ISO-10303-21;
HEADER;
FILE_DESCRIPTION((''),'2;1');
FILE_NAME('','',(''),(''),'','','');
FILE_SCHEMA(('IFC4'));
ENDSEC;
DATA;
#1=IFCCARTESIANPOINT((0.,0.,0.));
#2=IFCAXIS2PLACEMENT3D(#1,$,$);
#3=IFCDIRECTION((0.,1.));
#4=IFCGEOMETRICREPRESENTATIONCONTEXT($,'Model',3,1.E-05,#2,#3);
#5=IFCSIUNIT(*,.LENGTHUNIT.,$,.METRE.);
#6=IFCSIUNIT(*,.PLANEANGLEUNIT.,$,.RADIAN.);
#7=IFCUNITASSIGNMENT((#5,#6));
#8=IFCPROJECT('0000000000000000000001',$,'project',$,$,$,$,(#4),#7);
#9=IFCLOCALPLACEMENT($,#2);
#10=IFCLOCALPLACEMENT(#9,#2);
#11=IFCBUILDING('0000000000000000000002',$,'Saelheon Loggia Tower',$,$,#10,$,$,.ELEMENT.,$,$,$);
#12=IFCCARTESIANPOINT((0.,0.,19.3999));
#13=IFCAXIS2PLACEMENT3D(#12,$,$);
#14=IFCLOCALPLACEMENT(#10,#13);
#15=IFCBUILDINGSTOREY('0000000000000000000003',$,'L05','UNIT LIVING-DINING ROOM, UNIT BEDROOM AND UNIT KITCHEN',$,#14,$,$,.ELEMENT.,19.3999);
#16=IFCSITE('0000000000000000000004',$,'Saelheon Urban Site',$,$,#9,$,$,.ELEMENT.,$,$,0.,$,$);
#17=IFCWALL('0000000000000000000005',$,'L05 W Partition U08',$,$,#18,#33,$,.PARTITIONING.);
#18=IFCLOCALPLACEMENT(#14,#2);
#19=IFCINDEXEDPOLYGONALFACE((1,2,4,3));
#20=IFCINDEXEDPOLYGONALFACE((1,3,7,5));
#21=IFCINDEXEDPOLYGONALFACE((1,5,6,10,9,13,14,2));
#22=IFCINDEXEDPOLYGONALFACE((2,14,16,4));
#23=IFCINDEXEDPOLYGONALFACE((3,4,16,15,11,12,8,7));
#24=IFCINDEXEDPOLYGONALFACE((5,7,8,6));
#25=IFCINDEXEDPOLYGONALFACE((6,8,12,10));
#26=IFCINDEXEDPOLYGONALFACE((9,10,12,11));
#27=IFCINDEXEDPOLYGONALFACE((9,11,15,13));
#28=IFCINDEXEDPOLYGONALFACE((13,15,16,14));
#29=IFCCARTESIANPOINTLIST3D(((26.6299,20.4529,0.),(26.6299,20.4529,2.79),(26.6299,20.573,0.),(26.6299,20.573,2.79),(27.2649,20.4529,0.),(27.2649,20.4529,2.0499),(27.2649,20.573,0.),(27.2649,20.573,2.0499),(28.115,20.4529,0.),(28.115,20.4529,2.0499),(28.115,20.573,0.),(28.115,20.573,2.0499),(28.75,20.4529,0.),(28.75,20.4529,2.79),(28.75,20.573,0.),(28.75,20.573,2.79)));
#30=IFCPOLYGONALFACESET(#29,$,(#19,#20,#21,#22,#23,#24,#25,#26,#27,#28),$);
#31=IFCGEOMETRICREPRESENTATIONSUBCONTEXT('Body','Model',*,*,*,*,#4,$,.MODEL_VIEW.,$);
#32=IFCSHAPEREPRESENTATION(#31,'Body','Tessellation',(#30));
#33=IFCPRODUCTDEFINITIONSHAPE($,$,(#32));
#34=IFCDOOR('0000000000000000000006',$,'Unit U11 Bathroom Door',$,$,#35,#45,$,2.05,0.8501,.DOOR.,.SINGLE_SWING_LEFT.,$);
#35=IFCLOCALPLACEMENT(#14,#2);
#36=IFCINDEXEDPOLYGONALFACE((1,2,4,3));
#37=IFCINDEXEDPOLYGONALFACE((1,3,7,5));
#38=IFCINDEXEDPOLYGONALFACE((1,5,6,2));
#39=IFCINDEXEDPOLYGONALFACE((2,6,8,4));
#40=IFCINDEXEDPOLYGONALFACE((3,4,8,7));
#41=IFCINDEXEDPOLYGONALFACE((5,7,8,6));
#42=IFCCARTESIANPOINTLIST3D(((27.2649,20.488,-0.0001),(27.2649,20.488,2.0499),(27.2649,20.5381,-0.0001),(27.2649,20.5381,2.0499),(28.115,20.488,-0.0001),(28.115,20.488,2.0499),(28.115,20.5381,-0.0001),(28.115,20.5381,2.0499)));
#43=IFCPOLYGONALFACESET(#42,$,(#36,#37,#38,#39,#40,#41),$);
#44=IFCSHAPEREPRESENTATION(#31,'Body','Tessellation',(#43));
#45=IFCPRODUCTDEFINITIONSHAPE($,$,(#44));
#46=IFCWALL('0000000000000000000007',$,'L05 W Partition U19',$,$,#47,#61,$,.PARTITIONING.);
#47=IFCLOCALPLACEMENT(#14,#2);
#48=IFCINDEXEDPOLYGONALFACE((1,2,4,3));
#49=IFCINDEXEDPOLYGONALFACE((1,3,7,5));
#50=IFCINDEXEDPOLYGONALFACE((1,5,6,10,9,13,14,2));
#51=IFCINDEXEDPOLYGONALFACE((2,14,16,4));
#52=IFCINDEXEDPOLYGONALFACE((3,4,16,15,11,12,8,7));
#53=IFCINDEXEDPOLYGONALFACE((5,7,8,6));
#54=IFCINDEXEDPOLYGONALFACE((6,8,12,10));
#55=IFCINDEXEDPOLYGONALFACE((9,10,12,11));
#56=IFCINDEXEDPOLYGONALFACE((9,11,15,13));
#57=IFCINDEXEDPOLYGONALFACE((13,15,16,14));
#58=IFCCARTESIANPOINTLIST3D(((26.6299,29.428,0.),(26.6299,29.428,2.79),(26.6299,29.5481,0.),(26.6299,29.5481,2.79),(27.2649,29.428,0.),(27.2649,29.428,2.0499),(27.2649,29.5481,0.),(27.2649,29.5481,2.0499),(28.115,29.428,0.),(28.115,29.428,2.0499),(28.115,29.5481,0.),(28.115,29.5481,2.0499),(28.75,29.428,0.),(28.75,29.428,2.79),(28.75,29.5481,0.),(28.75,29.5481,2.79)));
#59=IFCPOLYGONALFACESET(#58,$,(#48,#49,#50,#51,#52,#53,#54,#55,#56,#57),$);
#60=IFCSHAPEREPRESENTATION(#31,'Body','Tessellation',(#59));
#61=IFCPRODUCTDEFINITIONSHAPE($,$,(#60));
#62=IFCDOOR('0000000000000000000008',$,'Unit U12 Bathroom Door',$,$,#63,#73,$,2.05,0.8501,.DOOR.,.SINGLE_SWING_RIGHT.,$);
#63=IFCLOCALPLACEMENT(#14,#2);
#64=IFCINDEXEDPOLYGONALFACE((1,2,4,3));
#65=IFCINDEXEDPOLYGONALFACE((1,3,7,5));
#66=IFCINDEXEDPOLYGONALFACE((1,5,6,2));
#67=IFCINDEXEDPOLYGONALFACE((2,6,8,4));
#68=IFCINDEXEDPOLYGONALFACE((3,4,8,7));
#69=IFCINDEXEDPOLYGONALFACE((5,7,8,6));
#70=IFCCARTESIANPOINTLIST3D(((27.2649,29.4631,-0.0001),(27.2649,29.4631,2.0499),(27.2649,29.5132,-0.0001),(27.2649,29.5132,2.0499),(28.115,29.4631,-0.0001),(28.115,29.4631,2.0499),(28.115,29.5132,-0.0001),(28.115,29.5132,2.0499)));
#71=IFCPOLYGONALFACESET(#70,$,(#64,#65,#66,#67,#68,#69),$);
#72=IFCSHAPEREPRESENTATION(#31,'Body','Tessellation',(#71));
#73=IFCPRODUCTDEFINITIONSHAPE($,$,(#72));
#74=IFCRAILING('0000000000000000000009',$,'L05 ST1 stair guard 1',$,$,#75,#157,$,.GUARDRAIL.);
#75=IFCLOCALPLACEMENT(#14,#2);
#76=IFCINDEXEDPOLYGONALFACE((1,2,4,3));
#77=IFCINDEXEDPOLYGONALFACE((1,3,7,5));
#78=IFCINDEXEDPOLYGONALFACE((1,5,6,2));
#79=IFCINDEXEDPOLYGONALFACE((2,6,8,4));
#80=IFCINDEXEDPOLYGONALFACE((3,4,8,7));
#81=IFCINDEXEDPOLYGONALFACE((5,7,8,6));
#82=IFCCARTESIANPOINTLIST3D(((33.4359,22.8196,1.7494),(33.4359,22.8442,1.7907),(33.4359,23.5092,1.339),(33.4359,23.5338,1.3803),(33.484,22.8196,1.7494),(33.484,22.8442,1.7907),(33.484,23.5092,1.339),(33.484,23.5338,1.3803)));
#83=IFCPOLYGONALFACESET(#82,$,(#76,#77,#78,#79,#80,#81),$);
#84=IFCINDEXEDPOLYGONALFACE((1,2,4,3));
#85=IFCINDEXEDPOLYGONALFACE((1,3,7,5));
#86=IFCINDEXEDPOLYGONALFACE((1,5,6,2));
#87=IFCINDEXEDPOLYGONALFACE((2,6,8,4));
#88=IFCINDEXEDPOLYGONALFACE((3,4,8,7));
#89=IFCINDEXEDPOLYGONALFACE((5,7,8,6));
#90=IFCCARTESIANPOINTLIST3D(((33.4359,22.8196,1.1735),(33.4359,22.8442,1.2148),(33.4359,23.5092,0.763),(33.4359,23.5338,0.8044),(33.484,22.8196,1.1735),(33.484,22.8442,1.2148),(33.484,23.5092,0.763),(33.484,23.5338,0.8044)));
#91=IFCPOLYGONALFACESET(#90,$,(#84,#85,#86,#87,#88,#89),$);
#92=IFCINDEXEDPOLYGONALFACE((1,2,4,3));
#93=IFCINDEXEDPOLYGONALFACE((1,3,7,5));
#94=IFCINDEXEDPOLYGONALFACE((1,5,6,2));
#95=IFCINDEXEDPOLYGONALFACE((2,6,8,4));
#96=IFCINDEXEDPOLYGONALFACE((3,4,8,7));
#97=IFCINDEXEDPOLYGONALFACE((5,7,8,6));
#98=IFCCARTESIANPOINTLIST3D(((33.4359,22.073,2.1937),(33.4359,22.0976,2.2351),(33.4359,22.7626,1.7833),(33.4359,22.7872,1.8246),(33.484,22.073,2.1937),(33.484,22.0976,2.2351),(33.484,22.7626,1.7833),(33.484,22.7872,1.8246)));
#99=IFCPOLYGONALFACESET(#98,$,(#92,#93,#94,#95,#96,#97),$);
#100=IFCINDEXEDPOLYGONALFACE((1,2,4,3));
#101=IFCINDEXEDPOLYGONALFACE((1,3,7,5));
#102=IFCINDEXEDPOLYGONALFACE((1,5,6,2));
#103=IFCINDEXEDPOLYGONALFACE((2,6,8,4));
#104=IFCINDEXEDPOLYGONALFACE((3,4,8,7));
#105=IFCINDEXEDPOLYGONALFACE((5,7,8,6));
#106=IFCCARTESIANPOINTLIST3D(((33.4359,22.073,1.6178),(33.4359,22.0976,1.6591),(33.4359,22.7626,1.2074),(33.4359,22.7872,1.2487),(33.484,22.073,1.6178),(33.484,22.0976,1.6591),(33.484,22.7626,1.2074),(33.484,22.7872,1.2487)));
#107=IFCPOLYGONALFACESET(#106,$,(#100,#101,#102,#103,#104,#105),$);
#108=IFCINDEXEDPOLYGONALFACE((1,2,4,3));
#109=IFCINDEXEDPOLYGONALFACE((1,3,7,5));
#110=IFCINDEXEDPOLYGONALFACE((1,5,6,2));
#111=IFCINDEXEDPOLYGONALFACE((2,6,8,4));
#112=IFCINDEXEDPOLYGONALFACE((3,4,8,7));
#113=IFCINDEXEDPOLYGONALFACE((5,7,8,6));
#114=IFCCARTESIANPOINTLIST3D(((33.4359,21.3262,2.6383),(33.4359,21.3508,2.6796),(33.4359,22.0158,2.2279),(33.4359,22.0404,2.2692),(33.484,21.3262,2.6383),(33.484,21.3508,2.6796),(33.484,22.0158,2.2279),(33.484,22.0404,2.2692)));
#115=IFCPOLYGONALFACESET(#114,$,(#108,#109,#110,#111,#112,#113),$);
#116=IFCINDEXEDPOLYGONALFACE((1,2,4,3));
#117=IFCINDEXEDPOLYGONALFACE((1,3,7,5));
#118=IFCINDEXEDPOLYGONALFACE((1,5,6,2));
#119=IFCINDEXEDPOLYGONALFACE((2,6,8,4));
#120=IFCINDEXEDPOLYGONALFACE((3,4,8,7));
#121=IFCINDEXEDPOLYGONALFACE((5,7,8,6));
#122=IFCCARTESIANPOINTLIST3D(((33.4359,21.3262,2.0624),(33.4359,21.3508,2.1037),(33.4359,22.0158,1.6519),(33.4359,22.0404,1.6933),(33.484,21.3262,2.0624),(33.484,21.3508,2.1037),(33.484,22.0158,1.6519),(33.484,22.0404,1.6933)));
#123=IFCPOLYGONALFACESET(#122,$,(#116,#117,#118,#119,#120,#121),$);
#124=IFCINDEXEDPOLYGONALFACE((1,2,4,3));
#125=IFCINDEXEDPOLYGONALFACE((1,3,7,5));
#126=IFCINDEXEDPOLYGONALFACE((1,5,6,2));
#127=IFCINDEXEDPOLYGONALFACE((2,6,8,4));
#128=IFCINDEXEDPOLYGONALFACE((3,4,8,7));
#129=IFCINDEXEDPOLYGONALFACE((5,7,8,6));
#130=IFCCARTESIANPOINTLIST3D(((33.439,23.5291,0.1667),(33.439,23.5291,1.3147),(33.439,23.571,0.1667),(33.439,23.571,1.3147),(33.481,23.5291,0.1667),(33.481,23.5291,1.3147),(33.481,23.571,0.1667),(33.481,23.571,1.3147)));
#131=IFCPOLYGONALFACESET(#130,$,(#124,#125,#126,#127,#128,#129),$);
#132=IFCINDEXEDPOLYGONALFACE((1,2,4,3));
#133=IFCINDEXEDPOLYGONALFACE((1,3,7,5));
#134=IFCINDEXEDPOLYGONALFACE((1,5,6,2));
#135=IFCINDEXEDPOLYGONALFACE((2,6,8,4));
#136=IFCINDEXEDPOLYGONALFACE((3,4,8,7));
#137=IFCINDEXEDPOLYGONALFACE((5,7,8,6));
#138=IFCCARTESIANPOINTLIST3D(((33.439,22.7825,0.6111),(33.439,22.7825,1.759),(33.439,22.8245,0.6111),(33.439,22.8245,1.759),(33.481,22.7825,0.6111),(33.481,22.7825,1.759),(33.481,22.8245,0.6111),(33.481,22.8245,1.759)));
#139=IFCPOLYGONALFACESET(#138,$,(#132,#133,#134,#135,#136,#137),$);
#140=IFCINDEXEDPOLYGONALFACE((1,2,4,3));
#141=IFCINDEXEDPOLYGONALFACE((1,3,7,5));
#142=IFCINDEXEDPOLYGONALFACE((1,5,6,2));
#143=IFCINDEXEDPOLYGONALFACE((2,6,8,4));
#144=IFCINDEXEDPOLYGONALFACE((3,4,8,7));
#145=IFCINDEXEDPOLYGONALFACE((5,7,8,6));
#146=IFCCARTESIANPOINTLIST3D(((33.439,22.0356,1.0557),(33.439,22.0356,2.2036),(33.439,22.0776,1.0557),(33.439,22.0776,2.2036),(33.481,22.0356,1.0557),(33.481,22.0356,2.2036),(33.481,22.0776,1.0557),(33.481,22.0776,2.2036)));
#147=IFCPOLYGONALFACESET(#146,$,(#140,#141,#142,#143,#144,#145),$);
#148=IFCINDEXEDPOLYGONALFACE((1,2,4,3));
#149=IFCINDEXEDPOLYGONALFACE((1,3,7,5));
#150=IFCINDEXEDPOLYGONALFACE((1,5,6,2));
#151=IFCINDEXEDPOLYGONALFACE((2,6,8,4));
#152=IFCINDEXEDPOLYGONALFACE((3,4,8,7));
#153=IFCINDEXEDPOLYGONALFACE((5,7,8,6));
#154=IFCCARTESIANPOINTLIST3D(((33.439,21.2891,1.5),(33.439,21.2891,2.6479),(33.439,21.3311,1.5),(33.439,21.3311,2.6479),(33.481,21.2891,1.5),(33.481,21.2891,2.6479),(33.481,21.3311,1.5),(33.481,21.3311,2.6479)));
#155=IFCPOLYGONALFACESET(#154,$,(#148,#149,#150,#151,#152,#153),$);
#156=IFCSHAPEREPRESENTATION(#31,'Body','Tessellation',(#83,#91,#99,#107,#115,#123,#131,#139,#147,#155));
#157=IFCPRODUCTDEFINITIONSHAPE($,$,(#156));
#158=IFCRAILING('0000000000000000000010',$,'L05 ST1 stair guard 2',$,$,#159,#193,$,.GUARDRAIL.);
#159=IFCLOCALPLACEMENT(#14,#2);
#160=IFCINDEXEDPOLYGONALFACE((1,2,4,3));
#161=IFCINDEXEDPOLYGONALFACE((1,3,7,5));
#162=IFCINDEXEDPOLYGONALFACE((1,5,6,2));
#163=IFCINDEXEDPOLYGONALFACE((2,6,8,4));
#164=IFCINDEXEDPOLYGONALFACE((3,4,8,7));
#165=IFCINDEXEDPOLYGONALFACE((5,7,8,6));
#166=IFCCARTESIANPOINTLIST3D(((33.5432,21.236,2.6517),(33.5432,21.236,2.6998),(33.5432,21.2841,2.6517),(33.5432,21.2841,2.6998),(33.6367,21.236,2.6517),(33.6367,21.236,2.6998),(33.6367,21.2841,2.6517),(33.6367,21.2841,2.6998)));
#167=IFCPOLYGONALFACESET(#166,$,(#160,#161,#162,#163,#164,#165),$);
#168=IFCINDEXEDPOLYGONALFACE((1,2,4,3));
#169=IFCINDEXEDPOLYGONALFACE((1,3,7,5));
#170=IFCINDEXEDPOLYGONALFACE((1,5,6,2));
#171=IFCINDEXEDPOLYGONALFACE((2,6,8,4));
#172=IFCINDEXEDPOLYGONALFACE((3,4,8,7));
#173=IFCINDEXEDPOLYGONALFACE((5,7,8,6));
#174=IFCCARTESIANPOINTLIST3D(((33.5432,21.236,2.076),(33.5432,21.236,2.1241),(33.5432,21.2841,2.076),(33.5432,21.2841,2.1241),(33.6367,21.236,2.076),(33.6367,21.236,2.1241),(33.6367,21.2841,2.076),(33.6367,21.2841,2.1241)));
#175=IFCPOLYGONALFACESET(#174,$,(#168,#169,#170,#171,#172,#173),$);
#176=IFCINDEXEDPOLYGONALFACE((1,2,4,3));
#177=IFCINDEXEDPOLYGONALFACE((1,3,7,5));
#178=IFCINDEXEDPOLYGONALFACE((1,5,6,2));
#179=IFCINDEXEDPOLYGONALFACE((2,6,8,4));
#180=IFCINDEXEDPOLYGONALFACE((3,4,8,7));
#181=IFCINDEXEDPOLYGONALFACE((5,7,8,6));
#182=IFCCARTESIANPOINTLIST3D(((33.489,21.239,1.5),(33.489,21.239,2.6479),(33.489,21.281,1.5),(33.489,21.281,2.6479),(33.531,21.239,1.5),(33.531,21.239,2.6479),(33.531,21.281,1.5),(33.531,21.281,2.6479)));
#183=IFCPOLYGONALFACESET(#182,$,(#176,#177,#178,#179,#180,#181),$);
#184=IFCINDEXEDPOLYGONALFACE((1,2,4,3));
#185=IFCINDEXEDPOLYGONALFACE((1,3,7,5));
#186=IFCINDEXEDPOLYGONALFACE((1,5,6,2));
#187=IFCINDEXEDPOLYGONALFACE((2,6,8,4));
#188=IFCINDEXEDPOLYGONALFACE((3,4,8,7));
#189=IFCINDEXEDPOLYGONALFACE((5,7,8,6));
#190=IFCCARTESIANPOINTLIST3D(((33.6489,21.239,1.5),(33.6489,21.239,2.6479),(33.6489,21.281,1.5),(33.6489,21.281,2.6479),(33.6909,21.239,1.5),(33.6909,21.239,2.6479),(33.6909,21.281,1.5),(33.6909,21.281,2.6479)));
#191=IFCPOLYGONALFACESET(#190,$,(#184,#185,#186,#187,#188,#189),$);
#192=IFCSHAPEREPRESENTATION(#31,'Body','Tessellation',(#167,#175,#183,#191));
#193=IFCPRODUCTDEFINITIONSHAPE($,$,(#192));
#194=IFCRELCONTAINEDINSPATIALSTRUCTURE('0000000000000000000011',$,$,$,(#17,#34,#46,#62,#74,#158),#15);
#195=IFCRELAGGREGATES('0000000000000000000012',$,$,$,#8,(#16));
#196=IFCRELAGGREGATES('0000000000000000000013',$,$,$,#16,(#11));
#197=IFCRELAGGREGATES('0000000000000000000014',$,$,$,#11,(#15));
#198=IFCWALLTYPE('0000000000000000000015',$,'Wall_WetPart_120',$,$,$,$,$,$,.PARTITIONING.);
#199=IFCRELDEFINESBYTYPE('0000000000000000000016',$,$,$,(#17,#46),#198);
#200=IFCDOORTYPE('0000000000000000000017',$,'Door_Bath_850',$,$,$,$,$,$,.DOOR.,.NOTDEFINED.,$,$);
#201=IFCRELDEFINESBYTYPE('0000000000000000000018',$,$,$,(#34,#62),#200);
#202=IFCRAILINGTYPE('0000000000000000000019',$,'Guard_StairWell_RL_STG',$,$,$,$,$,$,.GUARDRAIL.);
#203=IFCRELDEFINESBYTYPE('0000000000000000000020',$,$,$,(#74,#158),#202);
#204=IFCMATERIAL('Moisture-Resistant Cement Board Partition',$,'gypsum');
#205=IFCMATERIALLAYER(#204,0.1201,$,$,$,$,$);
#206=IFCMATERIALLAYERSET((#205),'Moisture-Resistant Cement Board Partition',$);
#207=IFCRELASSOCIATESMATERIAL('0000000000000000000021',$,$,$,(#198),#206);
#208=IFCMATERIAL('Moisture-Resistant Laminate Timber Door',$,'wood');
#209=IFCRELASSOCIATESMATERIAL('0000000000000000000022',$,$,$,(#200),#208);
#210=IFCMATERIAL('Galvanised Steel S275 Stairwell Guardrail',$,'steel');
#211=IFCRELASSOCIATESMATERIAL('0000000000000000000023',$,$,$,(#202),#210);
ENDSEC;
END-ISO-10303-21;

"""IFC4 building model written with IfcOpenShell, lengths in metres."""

from ifc_helpers import new_model, si_unit, direction, frame, frame_2d, origin, origin_2d, place, context, subcontext, project, spatial, rectangle, extrude, source, transform, mapped, material, layer, layer_set, type_object, element, fill, save


model = new_model("IFC4")

# Units and contexts
model_context = context("Model", 3, precision=1e-05, world=origin(), true_north=direction((0.0, 1.0)))
body_context = subcontext(model_context, "Body", "Model", "MODEL_VIEW")
ifc_project = project(units=[si_unit("LENGTHUNIT", "METRE"), si_unit("PLANEANGLEUNIT", "RADIAN")], contexts=[model_context])

# Site, building, storey
site_placement = place(None, origin())
site = spatial("IfcSite", under=ifc_project, at=site_placement, Name="Saelheon Urban Site", CompositionType="ELEMENT", RefElevation=0.0)
building_placement = place(site_placement, origin())
building = spatial("IfcBuilding", under=site, at=building_placement, Name="Saelheon Loggia Tower", CompositionType="ELEMENT")
storey_placement = place(building_placement, frame((0.0, 0.0, 19.3999)))
storey = spatial("IfcBuildingStorey", under=building, at=storey_placement, Name="L05", Description="UNIT LIVING-DINING ROOM, UNIT BEDROOM AND UNIT KITCHEN", CompositionType="ELEMENT", Elevation=19.3999)

# Walls, openings, doors
ifc_material_1 = material(Name="Moisture-Resistant Cement Board Partition", Category="gypsum")
ifc_layer_1 = layer(ifc_material_1, 0.1201)
ifc_layer_set_1 = layer_set([ifc_layer_1], Name="Moisture-Resistant Cement Board Partition")
wall_type_1 = type_object("IfcWallType", Name="Wall_WetPart_120", PredefinedType="PARTITIONING", material=ifc_layer_set_1)
wall_1_placement = place(storey_placement, frame((28.75, 20.5129, 0.0), z_axis=(0.0, 0.0, 1.0), x_axis=(-1.0, 0.0, 0.0)))
wall_1 = element("IfcWall", 1, at=wall_1_placement, inside=storey, type_object=wall_type_1, Name="L05 W Partition U08", PredefinedType="PARTITIONING", context=body_context, shape_type="SweptSolid", body=[
    extrude(rectangle(XDim=2.1201, YDim=0.1201, at=frame_2d((1.0601, 0.0))), origin(), (0.0, 0.0, 1.0), 2.79),
])
opening_1_placement = place(wall_1_placement, frame((0.635, 0.0, 0.0)))
opening_1 = element("IfcOpeningElement", 2, at=opening_1_placement, cuts=wall_1, PredefinedType="OPENING", context=body_context, shape_type="SweptSolid", body=[
    extrude(rectangle(XDim=0.8501, YDim=2.05, at=frame_2d((0.425, 1.0249))), frame((0.0, 0.072, 0.0), z_axis=(0.0, -1.0, 0.0), x_axis=(1.0, 0.0, 0.0)), (0.0, 0.0, 1.0), 0.144),
])
ifc_material_2 = material(Name="Moisture-Resistant Laminate Timber Door", Category="wood")
door_type_1 = type_object("IfcDoorType", Name="Door_Bath_850", OperationType="NOTDEFINED", PredefinedType="DOOR", material=ifc_material_2)
shared_shape_1 = source(origin(), body_context, "Body", "SweptSolid", [
    extrude(rectangle(XDim=0.8501, YDim=2.05, at=frame_2d((0.425, 1.0249))), frame((0.0, 0.0249, 0.0), z_axis=(0.0, -1.0, 0.0), x_axis=(1.0, 0.0, 0.0)), (0.0, 0.0, 1.0), 0.05),
])
door_1_placement = place(opening_1_placement, origin())
door_1 = element("IfcDoor", 3, at=door_1_placement, inside=storey, type_object=door_type_1, Name="Unit U11 Bathroom Door", OperationType="SINGLE_SWING_LEFT", OverallHeight=2.05, OverallWidth=0.8501, PredefinedType="DOOR", context=body_context, shape_type="MappedRepresentation", body=[
    mapped(shared_shape_1, transform((0.0, 0.0, 0.0), scale=1.0)),
])
fill(opening_1, door_1)
wall_2_placement = place(storey_placement, frame((28.75, 29.488, 0.0), z_axis=(0.0, 0.0, 1.0), x_axis=(-1.0, 0.0, 0.0)))
wall_2 = element("IfcWall", 4, at=wall_2_placement, inside=storey, type_object=wall_type_1, Name="L05 W Partition U19", PredefinedType="PARTITIONING", context=body_context, shape_type="SweptSolid", body=[
    extrude(rectangle(XDim=2.1201, YDim=0.1201, at=frame_2d((1.0601, 0.0))), origin(), (0.0, 0.0, 1.0), 2.79),
])
opening_2_placement = place(wall_2_placement, frame((0.635, 0.0, 0.0)))
opening_2 = element("IfcOpeningElement", 5, at=opening_2_placement, cuts=wall_2, PredefinedType="OPENING", context=body_context, shape_type="SweptSolid", body=[
    extrude(rectangle(XDim=0.8501, YDim=2.05, at=frame_2d((0.425, 1.0249))), frame((0.0, 0.072, 0.0), z_axis=(0.0, -1.0, 0.0), x_axis=(1.0, 0.0, 0.0)), (0.0, 0.0, 1.0), 0.144),
])
door_2_placement = place(opening_2_placement, origin())
door_2 = element("IfcDoor", 6, at=door_2_placement, inside=storey, type_object=door_type_1, Name="Unit U12 Bathroom Door", OperationType="SINGLE_SWING_RIGHT", OverallHeight=2.05, OverallWidth=0.8501, PredefinedType="DOOR", context=body_context, shape_type="MappedRepresentation", body=[
    mapped(shared_shape_1, transform((0.0, 0.0, 0.0), scale=1.0)),
])
fill(opening_2, door_2)

# Railings
ifc_material_3 = material(Name="Galvanised Steel S275 Stairwell Guardrail", Category="steel")
railing_type_1 = type_object("IfcRailingType", Name="Guard_StairWell_RL_STG", PredefinedType="GUARDRAIL", material=ifc_material_3)
railing_1_placement = place(storey_placement, frame((33.46, 23.55, 0.1667)))
element("IfcRailing", 7, at=railing_1_placement, inside=storey, type_object=railing_type_1, Name="L05 ST1 stair guard 1", PredefinedType="GUARDRAIL", context=body_context, shape_type="SweptSolid", body=[
    extrude(rectangle(XDim=0.0481, YDim=0.0481, at=origin_2d()), frame((0.0, -0.0286, 1.1929), z_axis=(0.0, -0.859306, 0.511462), x_axis=(1.0, 0.0, 0.0)), (0.0, 0.0, 1.0), 0.8025),
    extrude(rectangle(XDim=0.0481, YDim=0.0481, at=origin_2d()), frame((0.0, -0.0286, 0.6169), z_axis=(0.0, -0.859306, 0.511462), x_axis=(1.0, 0.0, 0.0)), (0.0, 0.0, 1.0), 0.8025),
    extrude(rectangle(XDim=0.0481, YDim=0.0481, at=origin_2d()), frame((0.0, -0.7751, 1.6372), z_axis=(0.0, -0.859306, 0.511462), x_axis=(1.0, 0.0, 0.0)), (0.0, 0.0, 1.0), 0.8025),
    extrude(rectangle(XDim=0.0481, YDim=0.0481, at=origin_2d()), frame((0.0, -0.7751, 1.0613), z_axis=(0.0, -0.859306, 0.511462), x_axis=(1.0, 0.0, 0.0)), (0.0, 0.0, 1.0), 0.8025),
    extrude(rectangle(XDim=0.0481, YDim=0.0481, at=origin_2d()), frame((0.0, -1.522, 2.0818), z_axis=(0.0, -0.859306, 0.511462), x_axis=(1.0, 0.0, 0.0)), (0.0, 0.0, 1.0), 0.8025),
    extrude(rectangle(XDim=0.0481, YDim=0.0481, at=origin_2d()), frame((0.0, -1.522, 1.5059), z_axis=(0.0, -0.859306, 0.511462), x_axis=(1.0, 0.0, 0.0)), (0.0, 0.0, 1.0), 0.8025),
    extrude(rectangle(XDim=0.042, YDim=0.042, at=origin_2d()), origin(), (0.0, 0.0, 1.0), 1.1479),
    extrude(rectangle(XDim=0.042, YDim=0.042, at=origin_2d()), frame((0.0, -0.7466, 0.4443)), (0.0, 0.0, 1.0), 1.1479),
    extrude(rectangle(XDim=0.042, YDim=0.042, at=origin_2d()), frame((0.0, -1.4934, 0.8889)), (0.0, 0.0, 1.0), 1.1479),
    extrude(rectangle(XDim=0.042, YDim=0.042, at=origin_2d()), frame((0.0, -2.24, 1.3333)), (0.0, 0.0, 1.0), 1.1479),
])
railing_2_placement = place(storey_placement, frame((33.51, 21.26, 1.5)))
element("IfcRailing", 8, at=railing_2_placement, inside=storey, type_object=railing_type_1, Name="L05 ST1 stair guard 2", PredefinedType="GUARDRAIL", context=body_context, shape_type="SweptSolid", body=[
    extrude(rectangle(XDim=0.0481, YDim=0.0481, at=origin_2d()), frame((0.0332, 0.0, 1.1758), z_axis=(1.0, 0.0, 0.0), x_axis=(0.0, 1.0, 0.0)), (0.0, 0.0, 1.0), 0.0935),
    extrude(rectangle(XDim=0.0481, YDim=0.0481, at=origin_2d()), frame((0.0332, 0.0, 0.6001), z_axis=(1.0, 0.0, 0.0), x_axis=(0.0, 1.0, 0.0)), (0.0, 0.0, 1.0), 0.0935),
    extrude(rectangle(XDim=0.042, YDim=0.042, at=origin_2d()), origin(), (0.0, 0.0, 1.0), 1.1479),
    extrude(rectangle(XDim=0.042, YDim=0.042, at=origin_2d()), frame((0.1599, 0.0, 0.0)), (0.0, 0.0, 1.0), 1.1479),
])

save(model, "model.ifc")
